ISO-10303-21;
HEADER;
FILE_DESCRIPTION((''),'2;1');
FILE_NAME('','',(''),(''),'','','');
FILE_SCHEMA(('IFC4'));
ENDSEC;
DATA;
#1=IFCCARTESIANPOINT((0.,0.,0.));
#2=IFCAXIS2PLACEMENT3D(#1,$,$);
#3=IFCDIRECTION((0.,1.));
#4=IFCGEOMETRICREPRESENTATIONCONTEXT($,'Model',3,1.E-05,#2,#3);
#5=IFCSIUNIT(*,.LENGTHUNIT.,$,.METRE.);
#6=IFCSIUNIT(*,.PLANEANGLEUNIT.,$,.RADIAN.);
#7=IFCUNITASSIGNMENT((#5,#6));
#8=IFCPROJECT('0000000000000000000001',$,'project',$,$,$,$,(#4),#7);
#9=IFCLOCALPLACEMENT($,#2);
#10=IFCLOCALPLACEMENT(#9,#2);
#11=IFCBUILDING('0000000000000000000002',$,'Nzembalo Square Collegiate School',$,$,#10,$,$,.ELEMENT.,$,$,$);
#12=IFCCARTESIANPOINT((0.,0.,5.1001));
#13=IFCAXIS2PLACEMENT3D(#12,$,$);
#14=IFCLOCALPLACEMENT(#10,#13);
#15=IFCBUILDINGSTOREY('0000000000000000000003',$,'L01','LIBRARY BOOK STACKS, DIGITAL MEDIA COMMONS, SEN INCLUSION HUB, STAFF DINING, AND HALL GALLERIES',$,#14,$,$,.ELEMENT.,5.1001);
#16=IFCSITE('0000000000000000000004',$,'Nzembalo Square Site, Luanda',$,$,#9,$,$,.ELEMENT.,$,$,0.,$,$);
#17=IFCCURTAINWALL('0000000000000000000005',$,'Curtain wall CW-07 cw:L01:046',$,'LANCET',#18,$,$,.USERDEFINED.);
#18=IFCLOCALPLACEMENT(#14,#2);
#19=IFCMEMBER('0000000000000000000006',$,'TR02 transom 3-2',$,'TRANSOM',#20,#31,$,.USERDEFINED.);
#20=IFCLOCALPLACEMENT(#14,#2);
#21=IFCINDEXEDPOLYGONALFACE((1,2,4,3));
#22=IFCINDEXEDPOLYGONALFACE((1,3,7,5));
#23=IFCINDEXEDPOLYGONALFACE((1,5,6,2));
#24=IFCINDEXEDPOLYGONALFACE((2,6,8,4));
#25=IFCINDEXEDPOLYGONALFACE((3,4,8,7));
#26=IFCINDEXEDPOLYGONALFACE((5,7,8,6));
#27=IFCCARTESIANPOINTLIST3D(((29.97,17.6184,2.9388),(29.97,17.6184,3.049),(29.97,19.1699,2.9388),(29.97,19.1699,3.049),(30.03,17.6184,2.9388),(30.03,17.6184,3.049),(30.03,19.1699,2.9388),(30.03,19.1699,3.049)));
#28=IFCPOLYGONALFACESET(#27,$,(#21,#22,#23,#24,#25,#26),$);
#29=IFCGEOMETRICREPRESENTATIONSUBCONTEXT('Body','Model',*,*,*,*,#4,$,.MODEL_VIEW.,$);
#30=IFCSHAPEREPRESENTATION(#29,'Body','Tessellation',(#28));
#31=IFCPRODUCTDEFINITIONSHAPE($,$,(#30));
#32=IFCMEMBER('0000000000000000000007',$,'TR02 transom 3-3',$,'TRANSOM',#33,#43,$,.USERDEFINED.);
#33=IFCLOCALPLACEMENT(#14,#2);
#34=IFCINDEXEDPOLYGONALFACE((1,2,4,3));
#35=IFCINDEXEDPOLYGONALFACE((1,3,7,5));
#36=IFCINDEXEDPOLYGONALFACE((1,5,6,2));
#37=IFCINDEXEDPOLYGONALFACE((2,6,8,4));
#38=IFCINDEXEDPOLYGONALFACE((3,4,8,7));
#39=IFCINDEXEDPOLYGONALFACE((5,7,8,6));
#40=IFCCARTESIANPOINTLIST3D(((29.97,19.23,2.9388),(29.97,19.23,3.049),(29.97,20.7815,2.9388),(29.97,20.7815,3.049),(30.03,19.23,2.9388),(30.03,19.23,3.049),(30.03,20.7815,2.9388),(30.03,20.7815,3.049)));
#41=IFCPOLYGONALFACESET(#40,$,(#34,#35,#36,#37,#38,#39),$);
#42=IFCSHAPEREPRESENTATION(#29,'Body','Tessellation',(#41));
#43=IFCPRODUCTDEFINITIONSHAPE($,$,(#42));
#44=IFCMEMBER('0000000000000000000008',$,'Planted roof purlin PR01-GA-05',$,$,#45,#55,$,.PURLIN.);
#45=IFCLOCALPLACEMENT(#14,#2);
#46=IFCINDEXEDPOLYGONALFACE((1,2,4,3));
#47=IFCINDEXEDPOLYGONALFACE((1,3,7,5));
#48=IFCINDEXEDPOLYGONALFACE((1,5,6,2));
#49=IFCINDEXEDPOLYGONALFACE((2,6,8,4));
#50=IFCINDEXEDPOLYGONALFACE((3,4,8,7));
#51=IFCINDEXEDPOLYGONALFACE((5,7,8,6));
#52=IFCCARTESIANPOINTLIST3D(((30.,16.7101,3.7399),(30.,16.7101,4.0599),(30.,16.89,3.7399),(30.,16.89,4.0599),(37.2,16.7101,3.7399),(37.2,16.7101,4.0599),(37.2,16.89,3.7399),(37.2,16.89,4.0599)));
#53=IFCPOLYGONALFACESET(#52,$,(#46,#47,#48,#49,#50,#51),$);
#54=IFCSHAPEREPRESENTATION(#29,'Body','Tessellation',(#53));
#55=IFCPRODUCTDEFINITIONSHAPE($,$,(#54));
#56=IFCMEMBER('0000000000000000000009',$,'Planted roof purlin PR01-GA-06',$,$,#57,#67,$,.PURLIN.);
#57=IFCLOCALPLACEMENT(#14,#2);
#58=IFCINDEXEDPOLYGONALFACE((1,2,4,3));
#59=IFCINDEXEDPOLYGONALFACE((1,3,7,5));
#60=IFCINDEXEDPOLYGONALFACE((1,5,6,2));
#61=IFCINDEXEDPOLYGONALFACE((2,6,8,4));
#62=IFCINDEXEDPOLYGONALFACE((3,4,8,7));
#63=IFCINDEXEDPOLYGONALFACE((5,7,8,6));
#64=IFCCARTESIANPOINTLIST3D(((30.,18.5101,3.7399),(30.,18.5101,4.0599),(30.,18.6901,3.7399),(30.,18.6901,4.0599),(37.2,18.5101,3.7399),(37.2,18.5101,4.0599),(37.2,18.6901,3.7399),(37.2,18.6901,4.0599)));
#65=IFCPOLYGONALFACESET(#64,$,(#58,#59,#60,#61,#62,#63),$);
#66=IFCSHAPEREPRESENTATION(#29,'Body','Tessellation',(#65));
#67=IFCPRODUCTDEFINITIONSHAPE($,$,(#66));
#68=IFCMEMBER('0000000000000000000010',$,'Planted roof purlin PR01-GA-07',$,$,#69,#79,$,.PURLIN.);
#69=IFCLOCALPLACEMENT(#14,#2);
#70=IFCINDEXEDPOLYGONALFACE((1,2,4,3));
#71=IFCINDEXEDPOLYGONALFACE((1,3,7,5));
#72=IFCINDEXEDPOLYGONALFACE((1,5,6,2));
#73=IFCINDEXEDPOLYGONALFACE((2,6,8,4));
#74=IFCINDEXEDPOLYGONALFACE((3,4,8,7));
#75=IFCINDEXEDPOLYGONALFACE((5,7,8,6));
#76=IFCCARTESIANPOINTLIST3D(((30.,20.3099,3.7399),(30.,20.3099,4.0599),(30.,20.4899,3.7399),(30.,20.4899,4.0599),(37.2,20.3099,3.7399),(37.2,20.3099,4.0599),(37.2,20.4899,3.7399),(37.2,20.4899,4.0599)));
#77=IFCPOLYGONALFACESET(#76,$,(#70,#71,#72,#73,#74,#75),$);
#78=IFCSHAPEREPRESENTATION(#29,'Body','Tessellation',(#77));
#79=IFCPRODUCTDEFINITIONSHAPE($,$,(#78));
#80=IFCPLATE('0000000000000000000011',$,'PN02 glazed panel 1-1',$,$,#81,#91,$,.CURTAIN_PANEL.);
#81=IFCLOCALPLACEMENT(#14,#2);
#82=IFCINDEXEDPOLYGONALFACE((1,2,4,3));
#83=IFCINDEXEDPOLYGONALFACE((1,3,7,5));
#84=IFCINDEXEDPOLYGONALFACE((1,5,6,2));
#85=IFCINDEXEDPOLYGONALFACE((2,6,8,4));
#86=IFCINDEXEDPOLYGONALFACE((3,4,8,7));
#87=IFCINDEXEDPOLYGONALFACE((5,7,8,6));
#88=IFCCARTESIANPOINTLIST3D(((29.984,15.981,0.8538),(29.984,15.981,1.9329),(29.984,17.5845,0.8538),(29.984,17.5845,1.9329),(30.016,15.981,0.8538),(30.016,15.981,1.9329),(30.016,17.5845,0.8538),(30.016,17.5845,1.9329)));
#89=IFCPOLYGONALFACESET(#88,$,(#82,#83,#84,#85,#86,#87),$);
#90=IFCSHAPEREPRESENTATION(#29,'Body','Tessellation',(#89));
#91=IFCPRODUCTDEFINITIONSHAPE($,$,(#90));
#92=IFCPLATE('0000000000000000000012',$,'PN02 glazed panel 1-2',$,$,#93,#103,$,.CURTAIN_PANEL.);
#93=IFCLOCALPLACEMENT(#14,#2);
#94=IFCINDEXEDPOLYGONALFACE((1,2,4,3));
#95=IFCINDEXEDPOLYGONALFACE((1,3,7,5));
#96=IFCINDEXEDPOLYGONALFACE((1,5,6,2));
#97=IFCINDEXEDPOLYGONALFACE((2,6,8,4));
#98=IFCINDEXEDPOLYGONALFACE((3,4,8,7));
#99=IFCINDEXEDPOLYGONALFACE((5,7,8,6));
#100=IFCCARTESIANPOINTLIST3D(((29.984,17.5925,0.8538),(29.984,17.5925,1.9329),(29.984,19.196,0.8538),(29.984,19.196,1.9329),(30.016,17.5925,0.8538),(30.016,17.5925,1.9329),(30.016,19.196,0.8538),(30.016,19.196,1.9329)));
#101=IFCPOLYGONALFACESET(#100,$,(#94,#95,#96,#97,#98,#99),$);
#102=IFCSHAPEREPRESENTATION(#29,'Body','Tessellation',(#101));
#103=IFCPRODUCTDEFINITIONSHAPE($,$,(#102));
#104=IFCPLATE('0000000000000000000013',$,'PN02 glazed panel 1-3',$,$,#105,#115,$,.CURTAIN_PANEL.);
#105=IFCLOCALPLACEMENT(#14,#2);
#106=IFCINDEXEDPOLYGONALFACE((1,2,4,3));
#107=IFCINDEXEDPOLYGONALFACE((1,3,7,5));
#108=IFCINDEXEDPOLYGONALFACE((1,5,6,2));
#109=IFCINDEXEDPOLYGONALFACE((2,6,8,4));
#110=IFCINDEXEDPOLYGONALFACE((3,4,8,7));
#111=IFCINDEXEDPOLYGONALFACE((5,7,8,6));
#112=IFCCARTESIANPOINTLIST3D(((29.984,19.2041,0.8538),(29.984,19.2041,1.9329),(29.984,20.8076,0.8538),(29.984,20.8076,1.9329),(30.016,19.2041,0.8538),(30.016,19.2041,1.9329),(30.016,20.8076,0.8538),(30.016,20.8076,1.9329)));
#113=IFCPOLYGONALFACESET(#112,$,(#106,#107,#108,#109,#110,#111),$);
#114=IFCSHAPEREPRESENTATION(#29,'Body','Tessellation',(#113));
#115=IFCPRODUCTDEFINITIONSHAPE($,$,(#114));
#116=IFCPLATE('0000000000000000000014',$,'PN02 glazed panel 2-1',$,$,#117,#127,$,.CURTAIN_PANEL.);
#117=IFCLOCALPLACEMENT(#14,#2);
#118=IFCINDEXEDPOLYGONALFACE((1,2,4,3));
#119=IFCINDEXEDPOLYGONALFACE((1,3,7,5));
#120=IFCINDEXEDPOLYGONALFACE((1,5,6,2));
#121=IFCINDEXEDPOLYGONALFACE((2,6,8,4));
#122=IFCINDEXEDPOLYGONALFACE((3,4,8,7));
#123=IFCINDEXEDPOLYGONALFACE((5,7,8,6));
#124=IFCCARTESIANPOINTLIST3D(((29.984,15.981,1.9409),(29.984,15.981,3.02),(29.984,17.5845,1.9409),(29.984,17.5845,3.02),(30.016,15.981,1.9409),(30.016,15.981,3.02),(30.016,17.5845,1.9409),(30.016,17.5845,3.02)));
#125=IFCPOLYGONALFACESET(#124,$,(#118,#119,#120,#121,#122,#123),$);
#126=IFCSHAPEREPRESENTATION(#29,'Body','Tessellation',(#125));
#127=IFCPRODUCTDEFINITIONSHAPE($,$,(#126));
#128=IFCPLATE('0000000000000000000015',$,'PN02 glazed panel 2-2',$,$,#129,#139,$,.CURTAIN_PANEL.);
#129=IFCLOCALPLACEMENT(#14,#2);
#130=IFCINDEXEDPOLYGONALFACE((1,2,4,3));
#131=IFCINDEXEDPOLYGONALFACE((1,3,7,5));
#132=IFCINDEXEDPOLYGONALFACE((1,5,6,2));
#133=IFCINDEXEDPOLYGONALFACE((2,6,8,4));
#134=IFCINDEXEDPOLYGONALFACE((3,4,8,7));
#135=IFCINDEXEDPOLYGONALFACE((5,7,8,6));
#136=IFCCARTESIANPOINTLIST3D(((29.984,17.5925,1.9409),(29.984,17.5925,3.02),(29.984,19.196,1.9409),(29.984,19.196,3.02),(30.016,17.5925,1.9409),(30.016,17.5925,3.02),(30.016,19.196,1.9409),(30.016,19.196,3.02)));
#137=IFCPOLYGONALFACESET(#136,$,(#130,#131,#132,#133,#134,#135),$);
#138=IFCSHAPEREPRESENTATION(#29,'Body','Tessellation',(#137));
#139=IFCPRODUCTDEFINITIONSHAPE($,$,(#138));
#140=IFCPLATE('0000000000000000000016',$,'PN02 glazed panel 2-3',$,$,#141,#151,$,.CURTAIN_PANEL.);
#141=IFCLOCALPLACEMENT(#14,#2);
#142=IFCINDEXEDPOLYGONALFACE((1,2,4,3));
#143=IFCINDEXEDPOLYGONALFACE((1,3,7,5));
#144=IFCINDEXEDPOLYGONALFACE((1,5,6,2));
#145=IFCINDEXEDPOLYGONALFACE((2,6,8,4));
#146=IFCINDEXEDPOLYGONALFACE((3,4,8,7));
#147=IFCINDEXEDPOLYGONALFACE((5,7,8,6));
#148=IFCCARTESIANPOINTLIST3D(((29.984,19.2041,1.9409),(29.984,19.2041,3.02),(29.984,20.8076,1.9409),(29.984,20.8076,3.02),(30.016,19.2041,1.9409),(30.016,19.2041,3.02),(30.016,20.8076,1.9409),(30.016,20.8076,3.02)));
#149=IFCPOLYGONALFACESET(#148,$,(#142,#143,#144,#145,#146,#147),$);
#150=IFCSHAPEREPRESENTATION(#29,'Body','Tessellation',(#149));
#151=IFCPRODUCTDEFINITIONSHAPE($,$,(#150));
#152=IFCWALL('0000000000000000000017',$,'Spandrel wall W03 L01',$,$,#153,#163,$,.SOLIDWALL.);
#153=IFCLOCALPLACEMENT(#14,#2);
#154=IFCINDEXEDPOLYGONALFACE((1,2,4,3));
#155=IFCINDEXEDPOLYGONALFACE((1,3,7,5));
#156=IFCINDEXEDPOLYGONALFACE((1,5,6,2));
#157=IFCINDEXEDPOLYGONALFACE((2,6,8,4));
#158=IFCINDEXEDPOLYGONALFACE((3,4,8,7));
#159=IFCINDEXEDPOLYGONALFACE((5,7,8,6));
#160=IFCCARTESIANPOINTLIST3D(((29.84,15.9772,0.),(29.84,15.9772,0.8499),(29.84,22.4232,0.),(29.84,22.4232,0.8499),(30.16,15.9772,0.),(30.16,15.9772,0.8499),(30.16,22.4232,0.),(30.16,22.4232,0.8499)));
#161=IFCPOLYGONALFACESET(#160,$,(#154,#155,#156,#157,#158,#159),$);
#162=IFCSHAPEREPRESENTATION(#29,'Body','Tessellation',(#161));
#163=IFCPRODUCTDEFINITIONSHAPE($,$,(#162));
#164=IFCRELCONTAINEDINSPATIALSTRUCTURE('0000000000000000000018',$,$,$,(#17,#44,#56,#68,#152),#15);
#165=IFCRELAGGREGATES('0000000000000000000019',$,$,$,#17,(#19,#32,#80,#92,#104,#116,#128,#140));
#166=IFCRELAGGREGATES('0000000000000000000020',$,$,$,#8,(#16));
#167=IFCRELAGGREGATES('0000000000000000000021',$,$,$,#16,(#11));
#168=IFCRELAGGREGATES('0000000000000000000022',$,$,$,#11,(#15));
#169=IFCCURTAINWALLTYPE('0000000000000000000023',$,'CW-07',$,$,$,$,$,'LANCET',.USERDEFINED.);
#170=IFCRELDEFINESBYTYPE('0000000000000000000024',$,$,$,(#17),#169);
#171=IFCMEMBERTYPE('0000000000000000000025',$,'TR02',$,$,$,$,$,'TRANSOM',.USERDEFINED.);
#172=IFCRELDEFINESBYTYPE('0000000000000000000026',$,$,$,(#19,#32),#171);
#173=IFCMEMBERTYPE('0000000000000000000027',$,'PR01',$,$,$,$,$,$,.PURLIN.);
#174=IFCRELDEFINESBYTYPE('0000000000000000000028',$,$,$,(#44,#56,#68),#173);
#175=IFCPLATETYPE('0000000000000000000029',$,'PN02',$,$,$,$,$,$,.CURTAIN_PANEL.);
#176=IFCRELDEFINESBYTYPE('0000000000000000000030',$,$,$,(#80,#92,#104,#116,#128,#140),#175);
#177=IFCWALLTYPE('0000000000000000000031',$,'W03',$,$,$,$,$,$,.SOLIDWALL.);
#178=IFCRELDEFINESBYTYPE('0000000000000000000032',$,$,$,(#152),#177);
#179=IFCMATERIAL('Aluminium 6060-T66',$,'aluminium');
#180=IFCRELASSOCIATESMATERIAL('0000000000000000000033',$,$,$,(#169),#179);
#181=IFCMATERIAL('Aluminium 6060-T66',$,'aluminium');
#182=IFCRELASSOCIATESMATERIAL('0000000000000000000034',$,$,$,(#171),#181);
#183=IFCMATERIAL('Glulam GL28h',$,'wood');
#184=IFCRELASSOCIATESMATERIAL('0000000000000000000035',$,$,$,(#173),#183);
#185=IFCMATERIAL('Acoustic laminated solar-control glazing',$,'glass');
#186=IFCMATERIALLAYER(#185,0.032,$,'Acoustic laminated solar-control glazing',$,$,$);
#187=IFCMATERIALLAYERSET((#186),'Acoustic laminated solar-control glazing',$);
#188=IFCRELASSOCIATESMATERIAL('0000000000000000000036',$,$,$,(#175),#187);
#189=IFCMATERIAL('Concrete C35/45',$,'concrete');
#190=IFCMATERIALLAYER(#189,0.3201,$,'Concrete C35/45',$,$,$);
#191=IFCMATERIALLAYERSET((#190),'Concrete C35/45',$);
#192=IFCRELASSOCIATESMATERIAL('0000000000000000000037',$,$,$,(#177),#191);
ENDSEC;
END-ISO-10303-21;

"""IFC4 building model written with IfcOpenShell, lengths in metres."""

from ifc_helpers import new_model, si_unit, direction, frame, frame_2d, origin, origin_2d, place, context, subcontext, project, spatial, rectangle, extrude, material, layer, layer_set, material_profile, profile_set, type_object, element, aggregate, save


model = new_model("IFC4")

# Units and contexts
model_context = context("Model", 3, precision=1e-05, world=origin(), true_north=direction((0.0, 1.0)))
body_context = subcontext(model_context, "Body", "Model", "MODEL_VIEW")
ifc_project = project(units=[si_unit("LENGTHUNIT", "METRE"), si_unit("PLANEANGLEUNIT", "RADIAN")], contexts=[model_context])

# Site, building, storey
site_placement = place(None, origin())
site = spatial("IfcSite", under=ifc_project, at=site_placement, Name="Nzembalo Square Site, Luanda", CompositionType="ELEMENT", RefElevation=0.0)
building_placement = place(site_placement, origin())
building = spatial("IfcBuilding", under=site, at=building_placement, Name="Nzembalo Square Collegiate School", CompositionType="ELEMENT")
storey_placement = place(building_placement, frame((0.0, 0.0, 5.1001)))
storey = spatial("IfcBuildingStorey", under=building, at=storey_placement, Name="L01", Description="LIBRARY BOOK STACKS, DIGITAL MEDIA COMMONS, SEN INCLUSION HUB, STAFF DINING, AND HALL GALLERIES", CompositionType="ELEMENT", Elevation=5.1001)

# Curtain wall, members
ifc_material_1 = material(Name="Aluminium 6060-T66", Category="aluminium")
curtain_wall_type = type_object("IfcCurtainWallType", Name="CW-07", ElementType="LANCET", PredefinedType="USERDEFINED", material=ifc_material_1)
curtain_wall_placement = place(storey_placement, origin())
curtain_wall = element("IfcCurtainWall", 1, at=curtain_wall_placement, inside=storey, type_object=curtain_wall_type, Name="Curtain wall CW-07 cw:L01:046", ObjectType="LANCET", PredefinedType="USERDEFINED")
ifc_material_2 = material(Name="Aluminium 6060-T66", Category="aluminium")
ifc_material_profile_1 = material_profile(ifc_material_2, rectangle(XDim=0.0601, YDim=0.1101, at=origin_2d()), Name="ALU T60x110")
ifc_profile_set_1 = profile_set([ifc_material_profile_1], Name="Aluminium 6060-T66")
member_type_1 = type_object("IfcMemberType", Name="TR02", ElementType="TRANSOM", PredefinedType="USERDEFINED", material=ifc_profile_set_1)
member_1_placement = place(storey_placement, frame((30.0, 17.6184, 2.9939), z_axis=(0.0, 1.0, 0.0), x_axis=(-1.0, 0.0, 0.0)))
member_1 = element("IfcMember", 2, at=member_1_placement, type_object=member_type_1, Name="TR02 transom 3-2", ObjectType="TRANSOM", PredefinedType="USERDEFINED", context=body_context, shape_type="SweptSolid", body=[
    extrude(rectangle(XDim=0.0601, YDim=0.1101, at=origin_2d()), origin(), (0.0, 0.0, 1.0), 1.5515),
])
member_2_placement = place(storey_placement, frame((30.0, 19.23, 2.9939), z_axis=(0.0, 1.0, 0.0), x_axis=(-1.0, 0.0, 0.0)))
member_2 = element("IfcMember", 3, at=member_2_placement, type_object=member_type_1, Name="TR02 transom 3-3", ObjectType="TRANSOM", PredefinedType="USERDEFINED", context=body_context, shape_type="SweptSolid", body=[
    extrude(rectangle(XDim=0.0601, YDim=0.1101, at=origin_2d()), origin(), (0.0, 0.0, 1.0), 1.5515),
])

# Members
ifc_material_3 = material(Name="Glulam GL28h", Category="wood")
ifc_material_profile_2 = material_profile(ifc_material_3, rectangle(XDim=0.1799, YDim=0.3201, at=origin_2d()), Name="GL28h 180x320")
ifc_profile_set_2 = profile_set([ifc_material_profile_2], Name="Glulam GL28h")
member_type_2 = type_object("IfcMemberType", Name="PR01", PredefinedType="PURLIN", material=ifc_profile_set_2)
for number, where, z_axis, x_axis, name in (
    (4, (30.0, 16.8, 3.8999), (1.0, 0.0, 0.0), (0.0, 1.0, 0.0), "Planted roof purlin PR01-GA-05"),
    (5, (30.0, 18.6001, 3.8999), (1.0, 0.0, 0.0), (0.0, 1.0, 0.0), "Planted roof purlin PR01-GA-06"),
    (6, (30.0, 20.3999, 3.8999), (1.0, 0.0, 0.0), (0.0, 1.0, 0.0), "Planted roof purlin PR01-GA-07"),
):
    element("IfcMember", number, at=place(storey_placement, frame(where, z_axis=z_axis, x_axis=x_axis)), inside=storey, type_object=member_type_2, Name=name, PredefinedType="PURLIN", context=body_context, shape_type="SweptSolid", body=[
        extrude(rectangle(XDim=0.1799, YDim=0.3201, at=origin_2d()), origin(), (0.0, 0.0, 1.0), 7.2),
    ])

# Plates
ifc_material_4 = material(Name="Acoustic laminated solar-control glazing", Category="glass")
ifc_layer_1 = layer(ifc_material_4, 0.032, Name="Acoustic laminated solar-control glazing")
ifc_layer_set_1 = layer_set([ifc_layer_1], Name="Acoustic laminated solar-control glazing")
plate_type = type_object("IfcPlateType", Name="PN02", PredefinedType="CURTAIN_PANEL", material=ifc_layer_set_1)
plate_1_placement = place(storey_placement, frame((30.0, 16.7827, 0.8538), z_axis=(0.0, 0.0, 1.0), x_axis=(0.0, 1.0, 0.0)))
plate_1 = element("IfcPlate", 7, at=plate_1_placement, type_object=plate_type, Name="PN02 glazed panel 1-1", PredefinedType="CURTAIN_PANEL", context=body_context, shape_type="SweptSolid", body=[
    extrude(rectangle(XDim=1.6035, YDim=0.032, at=origin_2d()), origin(), (0.0, 0.0, 1.0), 1.0791),
])
plate_2_placement = place(storey_placement, frame((30.0, 18.3943, 0.8538), z_axis=(0.0, 0.0, 1.0), x_axis=(0.0, 1.0, 0.0)))
plate_2 = element("IfcPlate", 8, at=plate_2_placement, type_object=plate_type, Name="PN02 glazed panel 1-2", PredefinedType="CURTAIN_PANEL", context=body_context, shape_type="SweptSolid", body=[
    extrude(rectangle(XDim=1.6035, YDim=0.032, at=origin_2d()), origin(), (0.0, 0.0, 1.0), 1.0791),
])
plate_3_placement = place(storey_placement, frame((30.0, 20.0059, 0.8538), z_axis=(0.0, 0.0, 1.0), x_axis=(0.0, 1.0, 0.0)))
plate_3 = element("IfcPlate", 9, at=plate_3_placement, type_object=plate_type, Name="PN02 glazed panel 1-3", PredefinedType="CURTAIN_PANEL", context=body_context, shape_type="SweptSolid", body=[
    extrude(rectangle(XDim=1.6035, YDim=0.032, at=origin_2d()), origin(), (0.0, 0.0, 1.0), 1.0791),
])
plate_4_placement = place(storey_placement, frame((30.0, 16.7827, 1.9409), z_axis=(0.0, 0.0, 1.0), x_axis=(0.0, 1.0, 0.0)))
plate_4 = element("IfcPlate", 10, at=plate_4_placement, type_object=plate_type, Name="PN02 glazed panel 2-1", PredefinedType="CURTAIN_PANEL", context=body_context, shape_type="SweptSolid", body=[
    extrude(rectangle(XDim=1.6035, YDim=0.032, at=origin_2d()), origin(), (0.0, 0.0, 1.0), 1.0791),
])
plate_5_placement = place(storey_placement, frame((30.0, 18.3943, 1.9409), z_axis=(0.0, 0.0, 1.0), x_axis=(0.0, 1.0, 0.0)))
plate_5 = element("IfcPlate", 11, at=plate_5_placement, type_object=plate_type, Name="PN02 glazed panel 2-2", PredefinedType="CURTAIN_PANEL", context=body_context, shape_type="SweptSolid", body=[
    extrude(rectangle(XDim=1.6035, YDim=0.032, at=origin_2d()), origin(), (0.0, 0.0, 1.0), 1.0791),
])
plate_6_placement = place(storey_placement, frame((30.0, 20.0059, 1.9409), z_axis=(0.0, 0.0, 1.0), x_axis=(0.0, 1.0, 0.0)))
plate_6 = element("IfcPlate", 12, at=plate_6_placement, type_object=plate_type, Name="PN02 glazed panel 2-3", PredefinedType="CURTAIN_PANEL", context=body_context, shape_type="SweptSolid", body=[
    extrude(rectangle(XDim=1.6035, YDim=0.032, at=origin_2d()), origin(), (0.0, 0.0, 1.0), 1.0791),
])
aggregate(curtain_wall, [member_1, member_2, plate_1, plate_2, plate_3, plate_4, plate_5, plate_6])

# Wall
ifc_material_5 = material(Name="Concrete C35/45", Category="concrete")
ifc_layer_2 = layer(ifc_material_5, 0.3201, Name="Concrete C35/45")
ifc_layer_set_2 = layer_set([ifc_layer_2], Name="Concrete C35/45")
wall_type = type_object("IfcWallType", Name="W03", PredefinedType="SOLIDWALL", material=ifc_layer_set_2)
wall_placement = place(storey_placement, frame((30.0, 15.9771, 0.0), z_axis=(0.0, 0.0, 1.0), x_axis=(0.0, 1.0, 0.0)))
element("IfcWall", 13, at=wall_placement, inside=storey, type_object=wall_type, Name="Spandrel wall W03 L01", PredefinedType="SOLIDWALL", context=body_context, shape_type="SweptSolid", body=[
    extrude(rectangle(XDim=6.446, YDim=0.3201, at=frame_2d((3.2231, 0.0))), origin(), (0.0, 0.0, 1.0), 0.8499),
])

save(model, "model.ifc")
